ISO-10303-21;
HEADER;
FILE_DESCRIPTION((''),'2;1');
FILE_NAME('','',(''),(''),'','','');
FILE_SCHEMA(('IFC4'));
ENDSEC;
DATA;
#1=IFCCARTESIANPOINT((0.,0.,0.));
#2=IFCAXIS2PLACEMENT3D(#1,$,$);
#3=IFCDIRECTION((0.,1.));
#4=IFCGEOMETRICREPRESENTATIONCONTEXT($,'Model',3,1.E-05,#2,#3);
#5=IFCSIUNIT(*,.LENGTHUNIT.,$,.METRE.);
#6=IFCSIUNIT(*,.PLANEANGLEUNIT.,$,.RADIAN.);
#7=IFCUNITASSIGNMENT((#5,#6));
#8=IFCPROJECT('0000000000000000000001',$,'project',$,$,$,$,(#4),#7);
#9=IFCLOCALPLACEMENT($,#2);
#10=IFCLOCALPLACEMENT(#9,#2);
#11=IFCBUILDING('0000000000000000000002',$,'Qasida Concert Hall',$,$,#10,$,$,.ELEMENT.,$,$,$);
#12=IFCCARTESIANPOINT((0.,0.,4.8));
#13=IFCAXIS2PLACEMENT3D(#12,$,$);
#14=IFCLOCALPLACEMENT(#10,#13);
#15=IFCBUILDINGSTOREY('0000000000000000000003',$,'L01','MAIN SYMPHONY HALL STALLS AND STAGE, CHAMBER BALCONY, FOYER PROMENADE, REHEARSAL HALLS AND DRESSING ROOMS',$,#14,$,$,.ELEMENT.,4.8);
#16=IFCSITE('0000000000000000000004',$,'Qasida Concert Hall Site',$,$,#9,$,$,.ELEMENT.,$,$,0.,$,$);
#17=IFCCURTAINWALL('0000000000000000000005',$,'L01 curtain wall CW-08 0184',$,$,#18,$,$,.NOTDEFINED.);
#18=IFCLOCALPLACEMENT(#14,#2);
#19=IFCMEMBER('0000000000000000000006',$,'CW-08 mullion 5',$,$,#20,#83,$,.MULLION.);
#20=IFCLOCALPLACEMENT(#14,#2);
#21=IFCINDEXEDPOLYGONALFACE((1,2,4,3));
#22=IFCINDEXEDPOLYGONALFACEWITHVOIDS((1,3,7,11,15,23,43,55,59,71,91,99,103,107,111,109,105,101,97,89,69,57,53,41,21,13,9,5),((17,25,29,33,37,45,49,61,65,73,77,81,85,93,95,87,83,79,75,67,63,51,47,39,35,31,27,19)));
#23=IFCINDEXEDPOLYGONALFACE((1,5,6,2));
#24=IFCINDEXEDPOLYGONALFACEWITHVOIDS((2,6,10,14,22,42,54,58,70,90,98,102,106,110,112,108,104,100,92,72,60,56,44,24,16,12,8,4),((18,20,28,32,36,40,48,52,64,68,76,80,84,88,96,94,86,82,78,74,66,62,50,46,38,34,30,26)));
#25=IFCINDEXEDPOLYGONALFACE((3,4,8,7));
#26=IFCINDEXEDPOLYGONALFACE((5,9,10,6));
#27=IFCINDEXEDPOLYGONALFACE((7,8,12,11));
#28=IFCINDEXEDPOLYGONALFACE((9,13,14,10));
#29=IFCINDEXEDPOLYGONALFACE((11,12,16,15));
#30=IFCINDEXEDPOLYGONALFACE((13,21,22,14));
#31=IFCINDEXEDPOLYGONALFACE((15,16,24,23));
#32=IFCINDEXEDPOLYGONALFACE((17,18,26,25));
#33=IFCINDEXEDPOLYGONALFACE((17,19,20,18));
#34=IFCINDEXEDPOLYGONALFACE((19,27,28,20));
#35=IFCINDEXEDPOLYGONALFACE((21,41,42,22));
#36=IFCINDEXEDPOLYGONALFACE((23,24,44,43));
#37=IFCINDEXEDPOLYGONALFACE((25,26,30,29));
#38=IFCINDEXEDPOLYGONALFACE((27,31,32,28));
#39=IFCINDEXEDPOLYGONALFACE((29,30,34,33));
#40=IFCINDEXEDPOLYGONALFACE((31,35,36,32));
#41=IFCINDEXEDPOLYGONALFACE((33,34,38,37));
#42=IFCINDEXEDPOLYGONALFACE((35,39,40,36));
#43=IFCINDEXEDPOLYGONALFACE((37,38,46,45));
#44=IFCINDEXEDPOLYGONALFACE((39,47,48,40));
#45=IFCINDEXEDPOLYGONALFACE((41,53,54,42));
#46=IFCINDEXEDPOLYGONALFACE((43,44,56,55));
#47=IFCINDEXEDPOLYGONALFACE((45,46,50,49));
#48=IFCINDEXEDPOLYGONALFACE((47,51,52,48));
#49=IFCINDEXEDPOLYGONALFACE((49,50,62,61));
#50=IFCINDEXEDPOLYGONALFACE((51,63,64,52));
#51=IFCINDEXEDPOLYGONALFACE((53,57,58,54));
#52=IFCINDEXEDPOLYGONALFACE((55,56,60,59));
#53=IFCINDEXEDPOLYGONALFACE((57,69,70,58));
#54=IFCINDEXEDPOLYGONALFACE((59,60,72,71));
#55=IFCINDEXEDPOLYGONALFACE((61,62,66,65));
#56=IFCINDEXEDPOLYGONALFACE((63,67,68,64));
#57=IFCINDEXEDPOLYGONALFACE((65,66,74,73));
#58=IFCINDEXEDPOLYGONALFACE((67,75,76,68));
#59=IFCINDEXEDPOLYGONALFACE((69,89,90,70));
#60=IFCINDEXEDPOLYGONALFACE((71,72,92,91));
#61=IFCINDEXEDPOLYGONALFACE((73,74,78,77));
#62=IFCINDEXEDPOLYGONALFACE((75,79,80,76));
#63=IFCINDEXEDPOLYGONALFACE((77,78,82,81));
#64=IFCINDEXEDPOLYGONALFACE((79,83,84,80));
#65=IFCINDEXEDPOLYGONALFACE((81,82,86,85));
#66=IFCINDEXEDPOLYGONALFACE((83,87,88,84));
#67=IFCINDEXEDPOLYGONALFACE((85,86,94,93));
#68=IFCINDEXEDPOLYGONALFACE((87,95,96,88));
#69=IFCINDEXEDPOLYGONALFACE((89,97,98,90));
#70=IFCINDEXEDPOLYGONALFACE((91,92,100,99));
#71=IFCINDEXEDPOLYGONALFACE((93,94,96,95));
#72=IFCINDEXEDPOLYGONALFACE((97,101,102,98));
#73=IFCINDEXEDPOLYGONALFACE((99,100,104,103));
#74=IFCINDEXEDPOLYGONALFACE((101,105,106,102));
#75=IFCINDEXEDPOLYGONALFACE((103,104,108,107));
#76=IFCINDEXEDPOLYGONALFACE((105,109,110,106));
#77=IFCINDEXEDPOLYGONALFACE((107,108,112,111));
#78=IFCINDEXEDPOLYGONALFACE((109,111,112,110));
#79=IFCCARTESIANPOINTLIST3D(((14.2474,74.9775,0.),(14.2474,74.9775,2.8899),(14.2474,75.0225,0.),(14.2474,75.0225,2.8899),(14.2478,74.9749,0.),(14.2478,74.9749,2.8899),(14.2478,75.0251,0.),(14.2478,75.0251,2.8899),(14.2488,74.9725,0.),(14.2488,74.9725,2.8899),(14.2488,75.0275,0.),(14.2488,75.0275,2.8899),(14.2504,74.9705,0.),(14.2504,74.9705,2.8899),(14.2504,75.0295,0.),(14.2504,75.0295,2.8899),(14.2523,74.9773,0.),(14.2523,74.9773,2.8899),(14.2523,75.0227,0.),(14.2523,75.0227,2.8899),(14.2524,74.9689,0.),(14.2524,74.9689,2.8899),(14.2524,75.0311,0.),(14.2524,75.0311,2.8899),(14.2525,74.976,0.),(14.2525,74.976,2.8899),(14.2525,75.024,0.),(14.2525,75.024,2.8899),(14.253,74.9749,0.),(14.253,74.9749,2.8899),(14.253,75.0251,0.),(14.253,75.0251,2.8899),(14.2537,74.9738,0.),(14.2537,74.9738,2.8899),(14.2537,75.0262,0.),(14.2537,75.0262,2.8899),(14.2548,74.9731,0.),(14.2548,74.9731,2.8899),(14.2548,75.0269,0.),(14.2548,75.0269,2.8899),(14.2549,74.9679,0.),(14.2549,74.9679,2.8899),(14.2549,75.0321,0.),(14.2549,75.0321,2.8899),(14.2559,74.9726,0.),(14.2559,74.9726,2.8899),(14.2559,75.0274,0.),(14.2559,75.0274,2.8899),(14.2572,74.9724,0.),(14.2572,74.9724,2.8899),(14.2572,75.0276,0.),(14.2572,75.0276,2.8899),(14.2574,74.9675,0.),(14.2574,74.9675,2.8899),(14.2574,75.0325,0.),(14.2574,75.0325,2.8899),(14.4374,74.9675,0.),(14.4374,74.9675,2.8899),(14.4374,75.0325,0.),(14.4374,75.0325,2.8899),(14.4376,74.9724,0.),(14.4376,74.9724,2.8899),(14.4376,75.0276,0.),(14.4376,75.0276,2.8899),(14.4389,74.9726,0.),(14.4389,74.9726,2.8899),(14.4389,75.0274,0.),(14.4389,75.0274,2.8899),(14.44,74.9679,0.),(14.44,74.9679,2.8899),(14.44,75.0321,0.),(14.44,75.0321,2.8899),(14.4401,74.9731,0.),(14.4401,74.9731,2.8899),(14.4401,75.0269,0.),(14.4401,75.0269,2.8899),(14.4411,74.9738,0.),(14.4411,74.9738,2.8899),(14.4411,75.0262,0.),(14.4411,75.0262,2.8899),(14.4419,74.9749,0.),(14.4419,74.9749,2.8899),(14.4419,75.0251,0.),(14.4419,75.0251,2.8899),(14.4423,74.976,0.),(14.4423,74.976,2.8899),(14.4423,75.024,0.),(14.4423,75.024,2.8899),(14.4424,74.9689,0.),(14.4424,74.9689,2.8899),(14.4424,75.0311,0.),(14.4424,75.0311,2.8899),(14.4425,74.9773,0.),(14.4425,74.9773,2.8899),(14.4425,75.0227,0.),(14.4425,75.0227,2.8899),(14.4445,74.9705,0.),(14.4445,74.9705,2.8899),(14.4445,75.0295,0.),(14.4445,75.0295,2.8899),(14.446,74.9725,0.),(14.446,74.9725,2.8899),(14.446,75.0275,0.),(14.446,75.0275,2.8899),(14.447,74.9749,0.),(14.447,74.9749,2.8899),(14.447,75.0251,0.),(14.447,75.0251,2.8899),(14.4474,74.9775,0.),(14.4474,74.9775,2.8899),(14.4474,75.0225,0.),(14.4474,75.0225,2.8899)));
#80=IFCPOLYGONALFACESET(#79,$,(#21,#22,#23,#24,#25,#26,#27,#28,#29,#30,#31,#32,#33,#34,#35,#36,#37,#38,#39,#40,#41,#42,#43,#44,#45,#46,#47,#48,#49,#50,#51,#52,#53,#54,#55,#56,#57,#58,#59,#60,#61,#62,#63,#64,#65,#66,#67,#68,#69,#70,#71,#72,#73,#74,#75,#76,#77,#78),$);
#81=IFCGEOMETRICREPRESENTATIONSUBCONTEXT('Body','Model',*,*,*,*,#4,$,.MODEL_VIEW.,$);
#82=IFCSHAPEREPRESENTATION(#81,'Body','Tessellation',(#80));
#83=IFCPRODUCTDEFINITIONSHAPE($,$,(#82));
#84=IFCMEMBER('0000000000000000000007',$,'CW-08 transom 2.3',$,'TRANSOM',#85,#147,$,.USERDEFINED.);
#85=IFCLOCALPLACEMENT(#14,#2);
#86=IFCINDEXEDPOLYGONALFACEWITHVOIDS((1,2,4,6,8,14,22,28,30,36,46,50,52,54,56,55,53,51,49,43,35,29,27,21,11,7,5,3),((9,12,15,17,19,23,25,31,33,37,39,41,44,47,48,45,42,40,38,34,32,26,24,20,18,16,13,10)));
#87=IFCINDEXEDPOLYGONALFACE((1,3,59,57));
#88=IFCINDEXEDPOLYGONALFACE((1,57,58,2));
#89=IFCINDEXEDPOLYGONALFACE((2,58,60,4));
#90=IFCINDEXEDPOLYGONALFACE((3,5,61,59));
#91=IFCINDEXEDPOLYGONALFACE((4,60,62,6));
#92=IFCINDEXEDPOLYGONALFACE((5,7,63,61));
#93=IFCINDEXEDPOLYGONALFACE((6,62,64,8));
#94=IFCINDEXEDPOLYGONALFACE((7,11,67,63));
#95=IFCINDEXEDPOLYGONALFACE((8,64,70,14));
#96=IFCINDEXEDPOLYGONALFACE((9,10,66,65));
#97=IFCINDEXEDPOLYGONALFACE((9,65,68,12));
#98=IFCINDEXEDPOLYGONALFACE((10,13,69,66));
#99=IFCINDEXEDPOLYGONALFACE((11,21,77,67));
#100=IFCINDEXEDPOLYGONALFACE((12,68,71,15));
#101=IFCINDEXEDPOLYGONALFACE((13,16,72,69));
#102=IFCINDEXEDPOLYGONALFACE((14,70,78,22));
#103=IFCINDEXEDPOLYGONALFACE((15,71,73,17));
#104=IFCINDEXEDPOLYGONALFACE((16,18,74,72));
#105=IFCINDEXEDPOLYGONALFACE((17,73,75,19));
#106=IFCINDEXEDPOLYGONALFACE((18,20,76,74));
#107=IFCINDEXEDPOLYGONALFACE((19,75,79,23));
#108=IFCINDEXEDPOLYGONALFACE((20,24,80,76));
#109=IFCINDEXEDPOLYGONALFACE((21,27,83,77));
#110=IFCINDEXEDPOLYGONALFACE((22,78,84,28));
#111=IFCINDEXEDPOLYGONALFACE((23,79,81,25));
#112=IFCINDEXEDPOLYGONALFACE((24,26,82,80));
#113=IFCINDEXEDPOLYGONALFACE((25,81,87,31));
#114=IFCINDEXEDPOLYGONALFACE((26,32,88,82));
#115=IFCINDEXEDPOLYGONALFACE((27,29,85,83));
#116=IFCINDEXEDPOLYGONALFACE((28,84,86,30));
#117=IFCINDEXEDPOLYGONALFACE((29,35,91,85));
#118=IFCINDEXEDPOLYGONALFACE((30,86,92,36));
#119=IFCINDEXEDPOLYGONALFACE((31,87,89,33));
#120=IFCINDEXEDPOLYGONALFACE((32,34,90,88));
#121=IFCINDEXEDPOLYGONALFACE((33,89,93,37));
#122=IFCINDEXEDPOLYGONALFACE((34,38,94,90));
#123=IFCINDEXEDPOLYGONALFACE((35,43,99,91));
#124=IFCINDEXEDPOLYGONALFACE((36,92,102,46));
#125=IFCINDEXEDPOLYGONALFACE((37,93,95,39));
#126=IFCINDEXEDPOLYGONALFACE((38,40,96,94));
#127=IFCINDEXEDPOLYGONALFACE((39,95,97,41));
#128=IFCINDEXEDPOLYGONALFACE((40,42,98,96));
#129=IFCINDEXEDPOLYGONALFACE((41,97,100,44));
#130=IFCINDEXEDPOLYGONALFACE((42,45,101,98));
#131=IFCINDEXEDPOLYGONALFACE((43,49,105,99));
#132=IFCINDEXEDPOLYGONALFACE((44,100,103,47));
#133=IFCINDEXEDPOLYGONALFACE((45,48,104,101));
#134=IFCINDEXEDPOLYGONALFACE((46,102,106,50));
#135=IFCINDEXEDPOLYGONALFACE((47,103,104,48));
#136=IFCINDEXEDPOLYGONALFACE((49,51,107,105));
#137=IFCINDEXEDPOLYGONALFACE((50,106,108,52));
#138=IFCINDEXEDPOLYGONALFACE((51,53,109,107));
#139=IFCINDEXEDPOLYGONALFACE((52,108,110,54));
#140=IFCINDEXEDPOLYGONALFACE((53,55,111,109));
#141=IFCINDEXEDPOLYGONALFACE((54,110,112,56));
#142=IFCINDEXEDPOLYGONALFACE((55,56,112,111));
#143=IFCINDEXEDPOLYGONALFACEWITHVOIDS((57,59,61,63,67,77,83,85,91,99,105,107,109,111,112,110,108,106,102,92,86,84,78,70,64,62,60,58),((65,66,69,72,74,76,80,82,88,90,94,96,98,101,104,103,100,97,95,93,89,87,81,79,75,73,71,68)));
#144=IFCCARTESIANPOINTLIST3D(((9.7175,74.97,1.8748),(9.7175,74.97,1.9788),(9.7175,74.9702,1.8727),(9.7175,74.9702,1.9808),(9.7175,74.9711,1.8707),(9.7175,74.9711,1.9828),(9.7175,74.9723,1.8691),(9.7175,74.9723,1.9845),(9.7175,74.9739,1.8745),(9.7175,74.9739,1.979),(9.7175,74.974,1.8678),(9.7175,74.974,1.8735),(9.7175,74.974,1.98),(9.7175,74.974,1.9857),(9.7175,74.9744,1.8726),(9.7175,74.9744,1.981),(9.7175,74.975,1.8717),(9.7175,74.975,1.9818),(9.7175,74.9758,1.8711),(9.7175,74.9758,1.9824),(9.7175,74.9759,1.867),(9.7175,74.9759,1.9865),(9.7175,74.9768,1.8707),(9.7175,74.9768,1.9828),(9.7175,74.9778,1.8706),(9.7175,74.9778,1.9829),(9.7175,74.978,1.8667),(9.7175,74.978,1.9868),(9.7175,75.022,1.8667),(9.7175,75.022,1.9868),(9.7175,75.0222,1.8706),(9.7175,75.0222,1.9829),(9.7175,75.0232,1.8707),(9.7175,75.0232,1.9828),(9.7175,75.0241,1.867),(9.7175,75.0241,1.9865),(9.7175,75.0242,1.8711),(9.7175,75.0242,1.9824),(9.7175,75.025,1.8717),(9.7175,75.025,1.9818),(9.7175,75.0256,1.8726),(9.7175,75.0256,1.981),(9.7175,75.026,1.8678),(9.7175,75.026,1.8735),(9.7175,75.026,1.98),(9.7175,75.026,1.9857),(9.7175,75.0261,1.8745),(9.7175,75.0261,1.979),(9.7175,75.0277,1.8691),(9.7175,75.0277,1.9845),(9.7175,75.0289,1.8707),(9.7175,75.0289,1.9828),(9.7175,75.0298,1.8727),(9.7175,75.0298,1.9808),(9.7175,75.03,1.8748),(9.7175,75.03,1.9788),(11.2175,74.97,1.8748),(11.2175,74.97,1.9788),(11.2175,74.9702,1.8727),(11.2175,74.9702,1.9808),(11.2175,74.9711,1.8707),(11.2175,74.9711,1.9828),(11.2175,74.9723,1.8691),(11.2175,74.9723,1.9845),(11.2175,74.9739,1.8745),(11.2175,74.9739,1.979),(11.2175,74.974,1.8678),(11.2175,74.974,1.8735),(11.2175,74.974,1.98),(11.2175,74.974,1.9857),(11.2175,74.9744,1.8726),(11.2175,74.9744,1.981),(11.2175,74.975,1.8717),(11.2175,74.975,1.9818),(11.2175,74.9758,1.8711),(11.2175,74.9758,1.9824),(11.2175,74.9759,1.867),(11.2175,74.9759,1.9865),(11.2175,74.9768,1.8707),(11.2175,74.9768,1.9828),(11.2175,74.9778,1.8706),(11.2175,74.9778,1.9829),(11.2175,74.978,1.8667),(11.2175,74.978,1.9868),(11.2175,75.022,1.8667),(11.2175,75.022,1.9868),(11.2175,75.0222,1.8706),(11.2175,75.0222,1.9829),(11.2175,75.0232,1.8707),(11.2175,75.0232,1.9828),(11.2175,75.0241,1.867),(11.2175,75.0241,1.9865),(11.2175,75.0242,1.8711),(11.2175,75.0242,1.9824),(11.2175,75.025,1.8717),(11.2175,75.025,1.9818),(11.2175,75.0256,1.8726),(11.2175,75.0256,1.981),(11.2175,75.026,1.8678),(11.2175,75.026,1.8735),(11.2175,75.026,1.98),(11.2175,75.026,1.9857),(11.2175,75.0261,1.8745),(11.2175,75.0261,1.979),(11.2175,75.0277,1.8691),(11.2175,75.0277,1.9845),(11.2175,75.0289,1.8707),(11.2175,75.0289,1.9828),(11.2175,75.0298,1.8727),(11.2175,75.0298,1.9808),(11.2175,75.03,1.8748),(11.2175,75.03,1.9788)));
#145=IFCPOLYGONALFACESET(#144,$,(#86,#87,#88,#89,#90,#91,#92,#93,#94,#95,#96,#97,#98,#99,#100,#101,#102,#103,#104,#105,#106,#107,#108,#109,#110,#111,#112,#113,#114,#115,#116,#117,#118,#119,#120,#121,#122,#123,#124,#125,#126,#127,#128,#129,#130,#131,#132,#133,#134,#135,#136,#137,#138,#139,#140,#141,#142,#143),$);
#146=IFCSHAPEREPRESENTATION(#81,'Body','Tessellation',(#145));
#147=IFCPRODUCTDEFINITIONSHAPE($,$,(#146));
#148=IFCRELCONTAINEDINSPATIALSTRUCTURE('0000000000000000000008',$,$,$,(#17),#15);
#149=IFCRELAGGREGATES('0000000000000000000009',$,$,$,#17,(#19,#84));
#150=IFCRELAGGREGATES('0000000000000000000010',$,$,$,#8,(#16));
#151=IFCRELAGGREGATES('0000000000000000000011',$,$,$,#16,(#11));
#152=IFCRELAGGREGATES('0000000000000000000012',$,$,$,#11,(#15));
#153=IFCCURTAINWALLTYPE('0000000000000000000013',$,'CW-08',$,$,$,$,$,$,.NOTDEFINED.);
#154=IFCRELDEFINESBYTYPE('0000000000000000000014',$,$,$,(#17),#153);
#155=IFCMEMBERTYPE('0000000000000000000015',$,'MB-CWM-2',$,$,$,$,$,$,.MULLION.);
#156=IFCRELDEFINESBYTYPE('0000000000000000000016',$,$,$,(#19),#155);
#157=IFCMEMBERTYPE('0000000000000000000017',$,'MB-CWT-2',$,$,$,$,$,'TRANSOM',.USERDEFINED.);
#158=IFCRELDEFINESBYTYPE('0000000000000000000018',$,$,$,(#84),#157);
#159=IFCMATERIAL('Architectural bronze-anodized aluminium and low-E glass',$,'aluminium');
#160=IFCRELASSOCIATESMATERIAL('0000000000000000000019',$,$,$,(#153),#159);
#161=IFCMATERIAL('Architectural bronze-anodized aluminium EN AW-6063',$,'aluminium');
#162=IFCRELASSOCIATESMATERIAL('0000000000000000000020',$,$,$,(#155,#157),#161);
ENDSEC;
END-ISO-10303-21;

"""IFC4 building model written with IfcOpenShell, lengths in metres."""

from ifc_helpers import new_model, si_unit, direction, frame, origin, origin_2d, place, context, subcontext, project, spatial, hollow_rectangle, extrude, material, material_profile, profile_set, type_object, element, aggregate, save


model = new_model("IFC4")

# Units and contexts
model_context = context("Model", 3, precision=1e-05, world=origin(), true_north=direction((0.0, 1.0)))
body_context = subcontext(model_context, "Body", "Model", "MODEL_VIEW")
ifc_project = project(units=[si_unit("LENGTHUNIT", "METRE"), si_unit("PLANEANGLEUNIT", "RADIAN")], contexts=[model_context])

# Site, building, storey
site_placement = place(None, origin())
site = spatial("IfcSite", under=ifc_project, at=site_placement, Name="Qasida Concert Hall Site", CompositionType="ELEMENT", RefElevation=0.0)
building_placement = place(site_placement, origin())
building = spatial("IfcBuilding", under=site, at=building_placement, Name="Qasida Concert Hall", CompositionType="ELEMENT")
storey_placement = place(building_placement, frame((0.0, 0.0, 4.8)))
storey = spatial("IfcBuildingStorey", under=building, at=storey_placement, Name="L01", Description="MAIN SYMPHONY HALL STALLS AND STAGE, CHAMBER BALCONY, FOYER PROMENADE, REHEARSAL HALLS AND DRESSING ROOMS", CompositionType="ELEMENT", Elevation=4.8)

# Curtain wall, members
ifc_material_1 = material(Name="Architectural bronze-anodized aluminium and low-E glass", Category="aluminium")
curtain_wall_type = type_object("IfcCurtainWallType", Name="CW-08", PredefinedType="NOTDEFINED", material=ifc_material_1)
curtain_wall_placement = place(storey_placement, origin())
curtain_wall = element("IfcCurtainWall", 1, at=curtain_wall_placement, inside=storey, type_object=curtain_wall_type, Name="L01 curtain wall CW-08 0184", PredefinedType="NOTDEFINED")
ifc_material_2 = material(Name="Architectural bronze-anodized aluminium EN AW-6063", Category="aluminium")
ifc_material_profile_1 = material_profile(ifc_material_2, hollow_rectangle(XDim=0.0649, YDim=0.2, WallThickness=0.0049, InnerFilletRadius=0.0049, OuterFilletRadius=0.01, at=origin_2d()), Name="CWM 200x65x5")
ifc_profile_set_1 = profile_set([ifc_material_profile_1], Name="Architectural bronze-anodized aluminium EN AW-6063")
member_type_1 = type_object("IfcMemberType", Name="MB-CWM-2", PredefinedType="MULLION", material=ifc_profile_set_1)
member_1_placement = place(storey_placement, frame((14.3474, 75.0, 0.0), z_axis=(0.0, 0.0, 1.0), x_axis=(0.0, 1.0, 0.0)))
member_1 = element("IfcMember", 2, at=member_1_placement, type_object=member_type_1, Name="CW-08 mullion 5", PredefinedType="MULLION", context=body_context, shape_type="SweptSolid", body=[
    extrude(hollow_rectangle(XDim=0.0649, YDim=0.2, WallThickness=0.0049, InnerFilletRadius=0.0049, OuterFilletRadius=0.01, at=origin_2d()), origin(), (0.0, 0.0, 1.0), 2.8899),
])
ifc_material_profile_2 = material_profile(ifc_material_2, hollow_rectangle(XDim=0.0601, YDim=0.1201, WallThickness=0.0039, InnerFilletRadius=0.0039, OuterFilletRadius=0.0081, at=origin_2d()), Name="CWT 120x60x4")
ifc_profile_set_2 = profile_set([ifc_material_profile_2], Name="Architectural bronze-anodized aluminium EN AW-6063")
member_type_2 = type_object("IfcMemberType", Name="MB-CWT-2", ElementType="TRANSOM", PredefinedType="USERDEFINED", material=ifc_profile_set_2)
member_2_placement = place(storey_placement, frame((9.7175, 75.0, 1.9268), z_axis=(1.0, 0.0, 0.0), x_axis=(0.0, 1.0, 0.0)))
member_2 = element("IfcMember", 3, at=member_2_placement, type_object=member_type_2, Name="CW-08 transom 2.3", ObjectType="TRANSOM", PredefinedType="USERDEFINED", context=body_context, shape_type="SweptSolid", body=[
    extrude(hollow_rectangle(XDim=0.0601, YDim=0.1201, WallThickness=0.0039, InnerFilletRadius=0.0039, OuterFilletRadius=0.0081, at=origin_2d()), origin(), (0.0, 0.0, 1.0), 1.5),
])
aggregate(curtain_wall, [member_1, member_2])

save(model, "model.ifc")
